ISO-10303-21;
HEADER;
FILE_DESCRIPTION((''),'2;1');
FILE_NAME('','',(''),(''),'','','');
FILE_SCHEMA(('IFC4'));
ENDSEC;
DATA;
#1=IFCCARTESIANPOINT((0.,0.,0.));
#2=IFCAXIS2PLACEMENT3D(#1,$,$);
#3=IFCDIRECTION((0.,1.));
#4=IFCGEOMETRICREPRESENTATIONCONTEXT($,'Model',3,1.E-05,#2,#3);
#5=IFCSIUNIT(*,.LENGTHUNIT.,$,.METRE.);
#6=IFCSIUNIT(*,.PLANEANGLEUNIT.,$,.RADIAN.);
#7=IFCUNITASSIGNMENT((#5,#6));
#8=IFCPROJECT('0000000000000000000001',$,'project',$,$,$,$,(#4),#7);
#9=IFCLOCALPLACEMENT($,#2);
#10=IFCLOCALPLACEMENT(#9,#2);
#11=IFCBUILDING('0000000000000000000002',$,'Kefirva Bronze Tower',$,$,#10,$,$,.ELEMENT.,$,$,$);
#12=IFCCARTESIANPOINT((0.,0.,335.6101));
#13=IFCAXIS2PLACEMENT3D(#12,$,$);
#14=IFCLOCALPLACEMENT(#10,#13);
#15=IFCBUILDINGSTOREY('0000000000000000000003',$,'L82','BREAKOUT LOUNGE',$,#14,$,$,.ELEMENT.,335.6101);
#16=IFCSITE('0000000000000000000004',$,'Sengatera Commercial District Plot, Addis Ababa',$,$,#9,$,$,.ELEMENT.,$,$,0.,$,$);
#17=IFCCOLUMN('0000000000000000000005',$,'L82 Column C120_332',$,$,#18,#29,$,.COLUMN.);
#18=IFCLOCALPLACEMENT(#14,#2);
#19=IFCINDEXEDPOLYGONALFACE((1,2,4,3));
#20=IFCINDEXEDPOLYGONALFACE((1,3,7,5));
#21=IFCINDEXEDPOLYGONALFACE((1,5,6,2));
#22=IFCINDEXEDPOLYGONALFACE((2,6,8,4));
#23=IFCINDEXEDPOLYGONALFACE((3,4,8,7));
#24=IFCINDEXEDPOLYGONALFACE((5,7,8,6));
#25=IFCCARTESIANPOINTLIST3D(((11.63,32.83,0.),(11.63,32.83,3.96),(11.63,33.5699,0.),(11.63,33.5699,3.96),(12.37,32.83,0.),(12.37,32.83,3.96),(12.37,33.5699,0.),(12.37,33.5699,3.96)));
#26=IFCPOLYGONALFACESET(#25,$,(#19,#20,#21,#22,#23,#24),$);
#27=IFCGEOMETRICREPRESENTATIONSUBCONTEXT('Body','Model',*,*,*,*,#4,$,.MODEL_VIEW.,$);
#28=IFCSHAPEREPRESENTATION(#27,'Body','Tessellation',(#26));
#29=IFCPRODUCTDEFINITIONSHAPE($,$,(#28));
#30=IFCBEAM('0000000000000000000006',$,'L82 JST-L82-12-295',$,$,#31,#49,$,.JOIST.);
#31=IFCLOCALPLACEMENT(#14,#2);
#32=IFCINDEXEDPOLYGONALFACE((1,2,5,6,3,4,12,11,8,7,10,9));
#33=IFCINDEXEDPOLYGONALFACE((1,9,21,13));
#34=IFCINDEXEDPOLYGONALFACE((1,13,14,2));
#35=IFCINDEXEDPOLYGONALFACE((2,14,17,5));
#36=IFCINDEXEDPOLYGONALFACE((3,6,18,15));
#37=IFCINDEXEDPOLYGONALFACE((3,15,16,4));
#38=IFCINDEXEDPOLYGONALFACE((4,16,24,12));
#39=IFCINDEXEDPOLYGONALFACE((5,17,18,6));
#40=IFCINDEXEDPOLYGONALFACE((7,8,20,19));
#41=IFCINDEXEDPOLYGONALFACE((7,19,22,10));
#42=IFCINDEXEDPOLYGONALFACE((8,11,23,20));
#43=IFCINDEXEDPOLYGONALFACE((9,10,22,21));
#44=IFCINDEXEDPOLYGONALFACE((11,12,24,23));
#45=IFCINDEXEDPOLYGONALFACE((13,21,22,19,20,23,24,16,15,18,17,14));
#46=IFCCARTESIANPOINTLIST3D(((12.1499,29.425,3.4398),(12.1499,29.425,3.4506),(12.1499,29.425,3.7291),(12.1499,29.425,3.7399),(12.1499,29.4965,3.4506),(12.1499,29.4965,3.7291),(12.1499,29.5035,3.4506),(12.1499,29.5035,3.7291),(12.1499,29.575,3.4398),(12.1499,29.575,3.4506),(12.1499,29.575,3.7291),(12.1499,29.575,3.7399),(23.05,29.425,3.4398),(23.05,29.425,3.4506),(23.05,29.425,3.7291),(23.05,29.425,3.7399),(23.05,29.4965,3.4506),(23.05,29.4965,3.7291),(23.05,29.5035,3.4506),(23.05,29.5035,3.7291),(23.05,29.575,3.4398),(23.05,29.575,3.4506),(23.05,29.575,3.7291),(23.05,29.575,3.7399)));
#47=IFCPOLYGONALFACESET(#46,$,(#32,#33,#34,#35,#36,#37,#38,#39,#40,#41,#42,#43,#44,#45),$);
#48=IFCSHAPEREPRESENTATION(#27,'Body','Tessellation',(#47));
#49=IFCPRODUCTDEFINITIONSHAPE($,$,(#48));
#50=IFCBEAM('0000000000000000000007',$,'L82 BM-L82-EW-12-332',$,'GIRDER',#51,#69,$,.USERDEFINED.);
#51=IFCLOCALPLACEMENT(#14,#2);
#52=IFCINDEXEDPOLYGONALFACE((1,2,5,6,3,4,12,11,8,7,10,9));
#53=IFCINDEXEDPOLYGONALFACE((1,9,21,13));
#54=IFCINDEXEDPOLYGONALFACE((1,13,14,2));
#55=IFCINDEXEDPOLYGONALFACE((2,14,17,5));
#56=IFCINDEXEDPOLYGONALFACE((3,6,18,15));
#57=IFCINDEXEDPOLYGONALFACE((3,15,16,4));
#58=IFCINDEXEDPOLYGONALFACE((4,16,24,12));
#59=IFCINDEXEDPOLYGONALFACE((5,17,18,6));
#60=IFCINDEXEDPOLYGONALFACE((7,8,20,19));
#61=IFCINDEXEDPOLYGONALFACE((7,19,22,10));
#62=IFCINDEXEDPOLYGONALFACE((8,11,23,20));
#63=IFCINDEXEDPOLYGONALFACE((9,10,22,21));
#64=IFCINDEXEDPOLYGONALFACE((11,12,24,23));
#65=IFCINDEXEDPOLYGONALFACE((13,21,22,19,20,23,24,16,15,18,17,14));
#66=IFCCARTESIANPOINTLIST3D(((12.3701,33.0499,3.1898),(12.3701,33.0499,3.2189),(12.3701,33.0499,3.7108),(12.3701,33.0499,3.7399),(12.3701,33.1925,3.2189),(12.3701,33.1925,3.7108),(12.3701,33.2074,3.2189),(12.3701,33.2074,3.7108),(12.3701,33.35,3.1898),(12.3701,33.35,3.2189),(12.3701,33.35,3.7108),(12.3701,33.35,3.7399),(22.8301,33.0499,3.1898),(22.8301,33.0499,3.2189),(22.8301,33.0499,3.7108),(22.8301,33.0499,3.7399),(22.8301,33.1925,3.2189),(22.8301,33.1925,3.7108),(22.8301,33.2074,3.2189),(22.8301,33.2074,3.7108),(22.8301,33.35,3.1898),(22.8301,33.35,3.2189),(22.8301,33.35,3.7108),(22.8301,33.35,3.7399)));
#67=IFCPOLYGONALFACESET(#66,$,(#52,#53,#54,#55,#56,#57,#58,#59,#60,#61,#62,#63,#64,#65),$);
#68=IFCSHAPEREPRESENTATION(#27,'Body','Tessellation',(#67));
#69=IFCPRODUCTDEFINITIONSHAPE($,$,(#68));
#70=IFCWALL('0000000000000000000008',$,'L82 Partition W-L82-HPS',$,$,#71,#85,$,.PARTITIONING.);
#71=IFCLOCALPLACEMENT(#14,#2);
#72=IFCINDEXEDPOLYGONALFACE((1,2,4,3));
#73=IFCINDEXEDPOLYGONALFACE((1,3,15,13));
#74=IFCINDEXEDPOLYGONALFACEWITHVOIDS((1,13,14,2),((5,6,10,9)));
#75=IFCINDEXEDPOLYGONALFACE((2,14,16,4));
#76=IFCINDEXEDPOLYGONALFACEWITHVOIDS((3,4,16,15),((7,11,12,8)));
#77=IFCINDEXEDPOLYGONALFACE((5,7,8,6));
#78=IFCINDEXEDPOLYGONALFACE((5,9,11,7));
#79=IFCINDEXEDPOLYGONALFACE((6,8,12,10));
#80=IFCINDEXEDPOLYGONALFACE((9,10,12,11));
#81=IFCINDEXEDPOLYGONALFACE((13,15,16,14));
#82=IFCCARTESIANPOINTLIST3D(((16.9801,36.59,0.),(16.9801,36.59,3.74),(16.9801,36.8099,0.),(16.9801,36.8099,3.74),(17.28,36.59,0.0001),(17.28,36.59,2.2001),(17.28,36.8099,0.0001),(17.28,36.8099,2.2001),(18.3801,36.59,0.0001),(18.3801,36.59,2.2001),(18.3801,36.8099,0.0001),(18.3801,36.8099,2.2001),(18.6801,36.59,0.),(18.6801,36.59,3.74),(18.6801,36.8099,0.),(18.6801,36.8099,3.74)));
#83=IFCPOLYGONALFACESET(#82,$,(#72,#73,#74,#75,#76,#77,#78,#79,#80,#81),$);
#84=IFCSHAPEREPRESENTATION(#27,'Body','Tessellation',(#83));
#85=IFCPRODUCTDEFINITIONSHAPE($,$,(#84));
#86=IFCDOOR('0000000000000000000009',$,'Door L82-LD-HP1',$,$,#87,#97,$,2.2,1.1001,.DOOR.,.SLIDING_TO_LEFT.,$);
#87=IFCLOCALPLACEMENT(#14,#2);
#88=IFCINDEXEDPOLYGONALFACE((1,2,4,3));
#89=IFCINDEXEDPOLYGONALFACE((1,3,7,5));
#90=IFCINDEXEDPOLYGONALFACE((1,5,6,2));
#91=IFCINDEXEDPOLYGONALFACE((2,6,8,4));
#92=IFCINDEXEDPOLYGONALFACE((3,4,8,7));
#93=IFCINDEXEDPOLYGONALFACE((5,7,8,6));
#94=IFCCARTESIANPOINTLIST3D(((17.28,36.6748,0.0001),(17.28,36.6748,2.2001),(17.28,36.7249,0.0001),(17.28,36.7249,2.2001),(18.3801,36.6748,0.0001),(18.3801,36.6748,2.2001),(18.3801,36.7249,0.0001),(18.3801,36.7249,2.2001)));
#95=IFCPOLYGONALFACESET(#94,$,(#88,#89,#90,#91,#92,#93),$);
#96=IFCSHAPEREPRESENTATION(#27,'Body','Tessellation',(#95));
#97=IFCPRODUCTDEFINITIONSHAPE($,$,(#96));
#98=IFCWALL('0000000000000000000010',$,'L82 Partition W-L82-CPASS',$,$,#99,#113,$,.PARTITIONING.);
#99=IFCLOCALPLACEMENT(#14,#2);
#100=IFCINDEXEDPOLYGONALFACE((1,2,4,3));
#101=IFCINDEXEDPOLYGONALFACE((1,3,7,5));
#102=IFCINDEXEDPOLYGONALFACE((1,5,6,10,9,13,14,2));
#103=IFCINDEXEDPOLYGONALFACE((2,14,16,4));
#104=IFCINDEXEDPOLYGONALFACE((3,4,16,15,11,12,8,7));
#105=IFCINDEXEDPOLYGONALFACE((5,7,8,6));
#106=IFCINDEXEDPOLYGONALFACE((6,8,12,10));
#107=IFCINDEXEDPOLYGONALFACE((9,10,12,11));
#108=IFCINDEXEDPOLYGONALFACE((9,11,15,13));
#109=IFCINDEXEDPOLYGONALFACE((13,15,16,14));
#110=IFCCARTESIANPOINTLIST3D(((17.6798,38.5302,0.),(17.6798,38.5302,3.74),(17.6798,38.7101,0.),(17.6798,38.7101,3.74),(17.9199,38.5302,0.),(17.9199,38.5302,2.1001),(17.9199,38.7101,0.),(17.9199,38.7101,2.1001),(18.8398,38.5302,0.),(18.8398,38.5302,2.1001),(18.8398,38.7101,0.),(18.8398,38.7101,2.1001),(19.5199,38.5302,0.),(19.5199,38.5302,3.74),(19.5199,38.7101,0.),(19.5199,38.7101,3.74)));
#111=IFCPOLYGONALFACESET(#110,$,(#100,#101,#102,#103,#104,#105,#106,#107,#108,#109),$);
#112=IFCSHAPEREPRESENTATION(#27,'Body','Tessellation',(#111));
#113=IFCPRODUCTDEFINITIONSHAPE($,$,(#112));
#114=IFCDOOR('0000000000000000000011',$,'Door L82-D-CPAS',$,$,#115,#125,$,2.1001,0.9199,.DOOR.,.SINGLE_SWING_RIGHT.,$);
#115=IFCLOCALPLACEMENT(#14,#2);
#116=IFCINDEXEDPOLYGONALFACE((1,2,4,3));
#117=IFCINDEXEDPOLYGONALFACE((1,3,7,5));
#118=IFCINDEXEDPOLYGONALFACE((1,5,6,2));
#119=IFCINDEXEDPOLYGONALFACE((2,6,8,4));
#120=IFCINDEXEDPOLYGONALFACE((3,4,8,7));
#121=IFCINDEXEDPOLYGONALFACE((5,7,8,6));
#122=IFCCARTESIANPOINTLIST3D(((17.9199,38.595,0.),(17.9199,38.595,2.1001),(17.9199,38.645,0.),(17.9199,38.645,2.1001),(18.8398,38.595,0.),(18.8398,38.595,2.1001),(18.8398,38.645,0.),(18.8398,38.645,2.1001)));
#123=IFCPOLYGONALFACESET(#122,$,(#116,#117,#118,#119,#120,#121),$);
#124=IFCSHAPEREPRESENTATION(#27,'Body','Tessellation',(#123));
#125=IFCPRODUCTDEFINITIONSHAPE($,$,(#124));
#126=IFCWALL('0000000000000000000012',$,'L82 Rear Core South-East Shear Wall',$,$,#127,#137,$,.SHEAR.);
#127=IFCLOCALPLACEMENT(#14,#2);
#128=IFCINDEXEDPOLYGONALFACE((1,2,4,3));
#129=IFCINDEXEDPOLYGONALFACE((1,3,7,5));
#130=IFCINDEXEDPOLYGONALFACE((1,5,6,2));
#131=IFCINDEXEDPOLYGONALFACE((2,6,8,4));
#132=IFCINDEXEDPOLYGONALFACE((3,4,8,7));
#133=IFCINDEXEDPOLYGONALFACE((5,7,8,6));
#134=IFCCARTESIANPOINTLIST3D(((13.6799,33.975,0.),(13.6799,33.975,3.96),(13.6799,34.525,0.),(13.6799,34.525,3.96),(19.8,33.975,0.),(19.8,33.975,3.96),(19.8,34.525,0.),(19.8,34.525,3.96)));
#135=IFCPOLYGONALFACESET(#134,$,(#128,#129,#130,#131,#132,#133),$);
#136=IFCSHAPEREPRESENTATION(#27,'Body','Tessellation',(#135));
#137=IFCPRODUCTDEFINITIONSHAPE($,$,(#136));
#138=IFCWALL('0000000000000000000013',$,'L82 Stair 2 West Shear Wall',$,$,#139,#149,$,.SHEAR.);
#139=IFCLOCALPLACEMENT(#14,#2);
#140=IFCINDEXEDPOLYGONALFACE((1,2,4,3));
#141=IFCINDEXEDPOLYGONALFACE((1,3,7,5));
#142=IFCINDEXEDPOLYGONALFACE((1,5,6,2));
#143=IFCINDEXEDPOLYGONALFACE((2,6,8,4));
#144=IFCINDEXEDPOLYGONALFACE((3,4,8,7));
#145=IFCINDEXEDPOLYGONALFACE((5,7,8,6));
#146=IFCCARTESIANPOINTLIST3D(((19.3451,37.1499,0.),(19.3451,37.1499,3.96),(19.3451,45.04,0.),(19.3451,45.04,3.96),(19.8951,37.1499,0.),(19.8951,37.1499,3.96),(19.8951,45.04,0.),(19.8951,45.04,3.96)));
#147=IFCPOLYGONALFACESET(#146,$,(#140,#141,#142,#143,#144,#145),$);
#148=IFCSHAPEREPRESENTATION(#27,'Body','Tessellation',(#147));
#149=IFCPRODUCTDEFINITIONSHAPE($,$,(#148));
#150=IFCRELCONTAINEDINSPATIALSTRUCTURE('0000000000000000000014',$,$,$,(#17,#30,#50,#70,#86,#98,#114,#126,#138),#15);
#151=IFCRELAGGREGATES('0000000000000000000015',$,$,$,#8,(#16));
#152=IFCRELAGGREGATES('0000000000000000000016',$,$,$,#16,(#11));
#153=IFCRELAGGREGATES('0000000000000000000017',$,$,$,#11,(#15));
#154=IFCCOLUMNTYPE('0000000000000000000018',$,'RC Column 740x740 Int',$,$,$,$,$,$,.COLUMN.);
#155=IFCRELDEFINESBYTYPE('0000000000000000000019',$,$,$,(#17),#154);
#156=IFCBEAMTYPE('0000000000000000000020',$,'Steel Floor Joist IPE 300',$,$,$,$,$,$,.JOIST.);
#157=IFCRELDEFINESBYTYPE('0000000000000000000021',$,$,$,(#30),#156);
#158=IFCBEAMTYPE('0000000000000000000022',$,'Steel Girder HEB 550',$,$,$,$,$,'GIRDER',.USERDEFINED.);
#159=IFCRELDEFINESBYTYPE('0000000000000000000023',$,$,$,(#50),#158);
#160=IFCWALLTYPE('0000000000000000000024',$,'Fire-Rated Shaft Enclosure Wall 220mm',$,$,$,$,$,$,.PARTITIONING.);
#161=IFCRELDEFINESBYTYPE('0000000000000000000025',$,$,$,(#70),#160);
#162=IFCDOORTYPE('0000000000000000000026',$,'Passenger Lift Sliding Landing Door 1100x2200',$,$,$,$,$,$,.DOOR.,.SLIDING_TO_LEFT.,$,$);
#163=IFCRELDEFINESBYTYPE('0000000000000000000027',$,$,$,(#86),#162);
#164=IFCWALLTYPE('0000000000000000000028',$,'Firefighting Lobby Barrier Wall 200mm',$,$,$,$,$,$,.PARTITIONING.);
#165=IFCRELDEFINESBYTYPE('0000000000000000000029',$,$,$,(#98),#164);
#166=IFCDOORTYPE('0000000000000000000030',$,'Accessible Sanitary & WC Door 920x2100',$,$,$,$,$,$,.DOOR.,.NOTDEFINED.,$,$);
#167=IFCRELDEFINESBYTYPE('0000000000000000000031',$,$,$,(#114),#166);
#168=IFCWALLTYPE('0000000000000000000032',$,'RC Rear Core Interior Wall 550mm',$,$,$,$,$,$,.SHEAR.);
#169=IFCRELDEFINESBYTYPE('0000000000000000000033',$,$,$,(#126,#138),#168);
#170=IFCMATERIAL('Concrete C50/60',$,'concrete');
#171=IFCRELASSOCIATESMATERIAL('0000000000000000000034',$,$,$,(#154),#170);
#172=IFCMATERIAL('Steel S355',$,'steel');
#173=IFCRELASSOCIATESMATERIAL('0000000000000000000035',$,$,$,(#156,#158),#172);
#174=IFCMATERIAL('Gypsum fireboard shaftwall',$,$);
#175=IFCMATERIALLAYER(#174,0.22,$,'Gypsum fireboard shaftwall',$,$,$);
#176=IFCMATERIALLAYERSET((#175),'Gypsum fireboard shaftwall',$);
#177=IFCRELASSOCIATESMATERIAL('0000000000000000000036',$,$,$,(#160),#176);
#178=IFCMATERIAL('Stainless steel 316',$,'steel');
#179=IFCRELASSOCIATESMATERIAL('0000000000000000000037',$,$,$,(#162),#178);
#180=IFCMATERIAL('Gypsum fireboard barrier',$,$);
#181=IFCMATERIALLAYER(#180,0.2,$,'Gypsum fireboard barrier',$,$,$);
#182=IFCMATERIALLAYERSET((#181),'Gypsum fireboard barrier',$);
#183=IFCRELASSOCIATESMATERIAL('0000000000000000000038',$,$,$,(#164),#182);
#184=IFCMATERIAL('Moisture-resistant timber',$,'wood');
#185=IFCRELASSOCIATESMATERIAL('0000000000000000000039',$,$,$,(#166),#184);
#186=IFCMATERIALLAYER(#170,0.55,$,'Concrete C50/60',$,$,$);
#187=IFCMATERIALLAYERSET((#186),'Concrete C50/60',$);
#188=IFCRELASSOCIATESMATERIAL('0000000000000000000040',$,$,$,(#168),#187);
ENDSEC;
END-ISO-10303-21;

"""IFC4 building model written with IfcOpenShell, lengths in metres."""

from ifc_helpers import new_model, si_unit, direction, frame, frame_2d, origin, origin_2d, place, context, subcontext, project, spatial, rectangle, i_section, extrude, material, layer, layer_set, material_profile, profile_set, type_object, element, fill, save


model = new_model("IFC4")

# Units and contexts
model_context = context("Model", 3, precision=1e-05, world=origin(), true_north=direction((0.0, 1.0)))
body_context = subcontext(model_context, "Body", "Model", "MODEL_VIEW")
ifc_project = project(units=[si_unit("LENGTHUNIT", "METRE"), si_unit("PLANEANGLEUNIT", "RADIAN")], contexts=[model_context])

# Site, building, storey
site_placement = place(None, origin())
site = spatial("IfcSite", under=ifc_project, at=site_placement, Name="Sengatera Commercial District Plot, Addis Ababa", CompositionType="ELEMENT", RefElevation=0.0)
building_placement = place(site_placement, origin())
building = spatial("IfcBuilding", under=site, at=building_placement, Name="Kefirva Bronze Tower", CompositionType="ELEMENT")
storey_placement = place(building_placement, frame((0.0, 0.0, 335.6101)))
storey = spatial("IfcBuildingStorey", under=building, at=storey_placement, Name="L82", Description="BREAKOUT LOUNGE", CompositionType="ELEMENT", Elevation=335.6101)

# Column
ifc_material_1 = material(Name="Concrete C50/60", Category="concrete")
ifc_material_profile_1 = material_profile(ifc_material_1, rectangle(XDim=0.74, YDim=0.74, at=origin_2d()), Name="RC 740x740")
ifc_profile_set_1 = profile_set([ifc_material_profile_1], Name="Concrete C50/60")
column_type = type_object("IfcColumnType", Name="RC Column 740x740 Int", PredefinedType="COLUMN", material=ifc_profile_set_1)
column_placement = place(storey_placement, frame((12.0, 33.2, 0.0), z_axis=(0.0, 0.0, 1.0), x_axis=(1.0, 0.0, 0.0)))
element("IfcColumn", 1, at=column_placement, inside=storey, type_object=column_type, Name="L82 Column C120_332", PredefinedType="COLUMN", context=body_context, shape_type="SweptSolid", body=[
    extrude(rectangle(XDim=0.74, YDim=0.74, at=origin_2d()), origin(), (0.0, 0.0, 1.0), 3.96),
])

# Beams
ifc_material_2 = material(Name="Steel S355", Category="steel")
ifc_material_profile_2 = material_profile(ifc_material_2, i_section(OverallWidth=0.1499, OverallDepth=0.3, WebThickness=0.0071, FlangeThickness=0.0107, at=origin_2d()), Name="IPE 300")
ifc_profile_set_2 = profile_set([ifc_material_profile_2], Name="Steel S355")
beam_type_1 = type_object("IfcBeamType", Name="Steel Floor Joist IPE 300", PredefinedType="JOIST", material=ifc_profile_set_2)
beam_1_placement = place(storey_placement, frame((12.1499, 29.5, 3.5898), z_axis=(1.0, 0.0, 0.0), x_axis=(0.0, 1.0, 0.0)))
element("IfcBeam", 2, at=beam_1_placement, inside=storey, type_object=beam_type_1, Name="L82 JST-L82-12-295", PredefinedType="JOIST", context=body_context, shape_type="SweptSolid", body=[
    extrude(i_section(OverallWidth=0.1499, OverallDepth=0.3, WebThickness=0.0071, FlangeThickness=0.0107, at=origin_2d()), origin(), (0.0, 0.0, 1.0), 10.9001),
])
ifc_material_profile_3 = material_profile(ifc_material_2, i_section(OverallWidth=0.3, OverallDepth=0.55, WebThickness=0.0149, FlangeThickness=0.0291, at=origin_2d()), Name="HEB 550")
ifc_profile_set_3 = profile_set([ifc_material_profile_3], Name="Steel S355")
beam_type_2 = type_object("IfcBeamType", Name="Steel Girder HEB 550", ElementType="GIRDER", PredefinedType="USERDEFINED", material=ifc_profile_set_3)
beam_2_placement = place(storey_placement, frame((12.3701, 33.2, 3.4648), z_axis=(1.0, 0.0, 0.0), x_axis=(0.0, 1.0, 0.0)))
element("IfcBeam", 3, at=beam_2_placement, inside=storey, type_object=beam_type_2, Name="L82 BM-L82-EW-12-332", ObjectType="GIRDER", PredefinedType="USERDEFINED", context=body_context, shape_type="SweptSolid", body=[
    extrude(i_section(OverallWidth=0.3, OverallDepth=0.55, WebThickness=0.0149, FlangeThickness=0.0291, at=origin_2d()), origin(), (0.0, 0.0, 1.0), 10.46),
])

# Walls, openings, doors
ifc_material_3 = material(Name="Gypsum fireboard shaftwall")
ifc_layer_1 = layer(ifc_material_3, 0.22, Name="Gypsum fireboard shaftwall")
ifc_layer_set_1 = layer_set([ifc_layer_1], Name="Gypsum fireboard shaftwall")
wall_type_1 = type_object("IfcWallType", Name="Fire-Rated Shaft Enclosure Wall 220mm", PredefinedType="PARTITIONING", material=ifc_layer_set_1)
wall_1_placement = place(storey_placement, frame((16.98, 36.7, 0.0), z_axis=(0.0, 0.0, 1.0), x_axis=(1.0, 0.0, 0.0)))
wall_1 = element("IfcWall", 4, at=wall_1_placement, inside=storey, type_object=wall_type_1, Name="L82 Partition W-L82-HPS", PredefinedType="PARTITIONING", context=body_context, shape_type="SweptSolid", body=[
    extrude(rectangle(XDim=1.7, YDim=0.22, at=frame_2d((0.8501, 0.0))), origin(), (0.0, 0.0, 1.0), 3.74),
])
opening_1_placement = place(wall_1_placement, frame((0.3, 0.0, 0.0)))
opening_1 = element("IfcOpeningElement", 5, at=opening_1_placement, cuts=wall_1, PredefinedType="OPENING", context=body_context, shape_type="SweptSolid", body=[
    extrude(rectangle(XDim=1.1001, YDim=2.2, at=frame_2d((0.55, 1.1001))), frame((0.0, 0.1201, 0.0), z_axis=(0.0, -1.0, 0.0), x_axis=(1.0, 0.0, 0.0)), (0.0, 0.0, 1.0), 0.24),
])
ifc_material_4 = material(Name="Stainless steel 316", Category="steel")
door_type_1 = type_object("IfcDoorType", Name="Passenger Lift Sliding Landing Door 1100x2200", OperationType="SLIDING_TO_LEFT", PredefinedType="DOOR", material=ifc_material_4)
door_1_placement = place(opening_1_placement, origin())
door_1 = element("IfcDoor", 6, at=door_1_placement, inside=storey, type_object=door_type_1, Name="Door L82-LD-HP1", OperationType="SLIDING_TO_LEFT", OverallHeight=2.2, OverallWidth=1.1001, PredefinedType="DOOR", context=body_context, shape_type="SweptSolid", body=[
    extrude(rectangle(XDim=1.1001, YDim=2.2, at=frame_2d((0.55, 1.1001))), frame((0.0, 0.0249, 0.0), z_axis=(0.0, -1.0, 0.0), x_axis=(1.0, 0.0, 0.0)), (0.0, 0.0, 1.0), 0.05),
])
fill(opening_1, door_1)
ifc_material_5 = material(Name="Gypsum fireboard barrier")
ifc_layer_2 = layer(ifc_material_5, 0.2, Name="Gypsum fireboard barrier")
ifc_layer_set_2 = layer_set([ifc_layer_2], Name="Gypsum fireboard barrier")
wall_type_2 = type_object("IfcWallType", Name="Firefighting Lobby Barrier Wall 200mm", PredefinedType="PARTITIONING", material=ifc_layer_set_2)
wall_2_placement = place(storey_placement, frame((17.6799, 38.6201, 0.0), z_axis=(0.0, 0.0, 1.0), x_axis=(1.0, 0.0, 0.0)))
wall_2 = element("IfcWall", 7, at=wall_2_placement, inside=storey, type_object=wall_type_2, Name="L82 Partition W-L82-CPASS", PredefinedType="PARTITIONING", context=body_context, shape_type="SweptSolid", body=[
    extrude(rectangle(XDim=1.8401, YDim=0.1799, at=frame_2d((0.9199, 0.0))), origin(), (0.0, 0.0, 1.0), 3.74),
])
opening_2_placement = place(wall_2_placement, frame((0.24, 0.0, 0.0)))
opening_2 = element("IfcOpeningElement", 8, at=opening_2_placement, cuts=wall_2, PredefinedType="OPENING", context=body_context, shape_type="SweptSolid", body=[
    extrude(rectangle(XDim=0.9199, YDim=2.1001, at=frame_2d((0.46, 1.05))), frame((0.0, 0.1001, 0.0), z_axis=(0.0, -1.0, 0.0), x_axis=(1.0, 0.0, 0.0)), (0.0, 0.0, 1.0), 0.2),
])
ifc_material_6 = material(Name="Moisture-resistant timber", Category="wood")
door_type_2 = type_object("IfcDoorType", Name="Accessible Sanitary & WC Door 920x2100", OperationType="NOTDEFINED", PredefinedType="DOOR", material=ifc_material_6)
door_2_placement = place(opening_2_placement, origin())
door_2 = element("IfcDoor", 9, at=door_2_placement, inside=storey, type_object=door_type_2, Name="Door L82-D-CPAS", OperationType="SINGLE_SWING_RIGHT", OverallHeight=2.1001, OverallWidth=0.9199, PredefinedType="DOOR", context=body_context, shape_type="SweptSolid", body=[
    extrude(rectangle(XDim=0.9199, YDim=2.1001, at=frame_2d((0.46, 1.05))), frame((0.0, 0.0249, 0.0), z_axis=(0.0, -1.0, 0.0), x_axis=(1.0, 0.0, 0.0)), (0.0, 0.0, 1.0), 0.05),
])
fill(opening_2, door_2)

# Walls
ifc_layer_3 = layer(ifc_material_1, 0.55, Name="Concrete C50/60")
ifc_layer_set_3 = layer_set([ifc_layer_3], Name="Concrete C50/60")
wall_type_3 = type_object("IfcWallType", Name="RC Rear Core Interior Wall 550mm", PredefinedType="SHEAR", material=ifc_layer_set_3)
wall_3_placement = place(storey_placement, frame((13.6799, 34.25, 0.0), z_axis=(0.0, 0.0, 1.0), x_axis=(1.0, 0.0, 0.0)))
element("IfcWall", 10, at=wall_3_placement, inside=storey, type_object=wall_type_3, Name="L82 Rear Core South-East Shear Wall", PredefinedType="SHEAR", context=body_context, shape_type="SweptSolid", body=[
    extrude(rectangle(XDim=6.1201, YDim=0.55, at=frame_2d((3.0601, 0.0))), origin(), (0.0, 0.0, 1.0), 3.96),
])
wall_4_placement = place(storey_placement, frame((19.6201, 37.1499, 0.0), z_axis=(0.0, 0.0, 1.0), x_axis=(0.0, 1.0, 0.0)))
element("IfcWall", 11, at=wall_4_placement, inside=storey, type_object=wall_type_3, Name="L82 Stair 2 West Shear Wall", PredefinedType="SHEAR", context=body_context, shape_type="SweptSolid", body=[
    extrude(rectangle(XDim=7.8901, YDim=0.55, at=frame_2d((3.9451, 0.0))), origin(), (0.0, 0.0, 1.0), 3.96),
])

save(model, "model.ifc")
